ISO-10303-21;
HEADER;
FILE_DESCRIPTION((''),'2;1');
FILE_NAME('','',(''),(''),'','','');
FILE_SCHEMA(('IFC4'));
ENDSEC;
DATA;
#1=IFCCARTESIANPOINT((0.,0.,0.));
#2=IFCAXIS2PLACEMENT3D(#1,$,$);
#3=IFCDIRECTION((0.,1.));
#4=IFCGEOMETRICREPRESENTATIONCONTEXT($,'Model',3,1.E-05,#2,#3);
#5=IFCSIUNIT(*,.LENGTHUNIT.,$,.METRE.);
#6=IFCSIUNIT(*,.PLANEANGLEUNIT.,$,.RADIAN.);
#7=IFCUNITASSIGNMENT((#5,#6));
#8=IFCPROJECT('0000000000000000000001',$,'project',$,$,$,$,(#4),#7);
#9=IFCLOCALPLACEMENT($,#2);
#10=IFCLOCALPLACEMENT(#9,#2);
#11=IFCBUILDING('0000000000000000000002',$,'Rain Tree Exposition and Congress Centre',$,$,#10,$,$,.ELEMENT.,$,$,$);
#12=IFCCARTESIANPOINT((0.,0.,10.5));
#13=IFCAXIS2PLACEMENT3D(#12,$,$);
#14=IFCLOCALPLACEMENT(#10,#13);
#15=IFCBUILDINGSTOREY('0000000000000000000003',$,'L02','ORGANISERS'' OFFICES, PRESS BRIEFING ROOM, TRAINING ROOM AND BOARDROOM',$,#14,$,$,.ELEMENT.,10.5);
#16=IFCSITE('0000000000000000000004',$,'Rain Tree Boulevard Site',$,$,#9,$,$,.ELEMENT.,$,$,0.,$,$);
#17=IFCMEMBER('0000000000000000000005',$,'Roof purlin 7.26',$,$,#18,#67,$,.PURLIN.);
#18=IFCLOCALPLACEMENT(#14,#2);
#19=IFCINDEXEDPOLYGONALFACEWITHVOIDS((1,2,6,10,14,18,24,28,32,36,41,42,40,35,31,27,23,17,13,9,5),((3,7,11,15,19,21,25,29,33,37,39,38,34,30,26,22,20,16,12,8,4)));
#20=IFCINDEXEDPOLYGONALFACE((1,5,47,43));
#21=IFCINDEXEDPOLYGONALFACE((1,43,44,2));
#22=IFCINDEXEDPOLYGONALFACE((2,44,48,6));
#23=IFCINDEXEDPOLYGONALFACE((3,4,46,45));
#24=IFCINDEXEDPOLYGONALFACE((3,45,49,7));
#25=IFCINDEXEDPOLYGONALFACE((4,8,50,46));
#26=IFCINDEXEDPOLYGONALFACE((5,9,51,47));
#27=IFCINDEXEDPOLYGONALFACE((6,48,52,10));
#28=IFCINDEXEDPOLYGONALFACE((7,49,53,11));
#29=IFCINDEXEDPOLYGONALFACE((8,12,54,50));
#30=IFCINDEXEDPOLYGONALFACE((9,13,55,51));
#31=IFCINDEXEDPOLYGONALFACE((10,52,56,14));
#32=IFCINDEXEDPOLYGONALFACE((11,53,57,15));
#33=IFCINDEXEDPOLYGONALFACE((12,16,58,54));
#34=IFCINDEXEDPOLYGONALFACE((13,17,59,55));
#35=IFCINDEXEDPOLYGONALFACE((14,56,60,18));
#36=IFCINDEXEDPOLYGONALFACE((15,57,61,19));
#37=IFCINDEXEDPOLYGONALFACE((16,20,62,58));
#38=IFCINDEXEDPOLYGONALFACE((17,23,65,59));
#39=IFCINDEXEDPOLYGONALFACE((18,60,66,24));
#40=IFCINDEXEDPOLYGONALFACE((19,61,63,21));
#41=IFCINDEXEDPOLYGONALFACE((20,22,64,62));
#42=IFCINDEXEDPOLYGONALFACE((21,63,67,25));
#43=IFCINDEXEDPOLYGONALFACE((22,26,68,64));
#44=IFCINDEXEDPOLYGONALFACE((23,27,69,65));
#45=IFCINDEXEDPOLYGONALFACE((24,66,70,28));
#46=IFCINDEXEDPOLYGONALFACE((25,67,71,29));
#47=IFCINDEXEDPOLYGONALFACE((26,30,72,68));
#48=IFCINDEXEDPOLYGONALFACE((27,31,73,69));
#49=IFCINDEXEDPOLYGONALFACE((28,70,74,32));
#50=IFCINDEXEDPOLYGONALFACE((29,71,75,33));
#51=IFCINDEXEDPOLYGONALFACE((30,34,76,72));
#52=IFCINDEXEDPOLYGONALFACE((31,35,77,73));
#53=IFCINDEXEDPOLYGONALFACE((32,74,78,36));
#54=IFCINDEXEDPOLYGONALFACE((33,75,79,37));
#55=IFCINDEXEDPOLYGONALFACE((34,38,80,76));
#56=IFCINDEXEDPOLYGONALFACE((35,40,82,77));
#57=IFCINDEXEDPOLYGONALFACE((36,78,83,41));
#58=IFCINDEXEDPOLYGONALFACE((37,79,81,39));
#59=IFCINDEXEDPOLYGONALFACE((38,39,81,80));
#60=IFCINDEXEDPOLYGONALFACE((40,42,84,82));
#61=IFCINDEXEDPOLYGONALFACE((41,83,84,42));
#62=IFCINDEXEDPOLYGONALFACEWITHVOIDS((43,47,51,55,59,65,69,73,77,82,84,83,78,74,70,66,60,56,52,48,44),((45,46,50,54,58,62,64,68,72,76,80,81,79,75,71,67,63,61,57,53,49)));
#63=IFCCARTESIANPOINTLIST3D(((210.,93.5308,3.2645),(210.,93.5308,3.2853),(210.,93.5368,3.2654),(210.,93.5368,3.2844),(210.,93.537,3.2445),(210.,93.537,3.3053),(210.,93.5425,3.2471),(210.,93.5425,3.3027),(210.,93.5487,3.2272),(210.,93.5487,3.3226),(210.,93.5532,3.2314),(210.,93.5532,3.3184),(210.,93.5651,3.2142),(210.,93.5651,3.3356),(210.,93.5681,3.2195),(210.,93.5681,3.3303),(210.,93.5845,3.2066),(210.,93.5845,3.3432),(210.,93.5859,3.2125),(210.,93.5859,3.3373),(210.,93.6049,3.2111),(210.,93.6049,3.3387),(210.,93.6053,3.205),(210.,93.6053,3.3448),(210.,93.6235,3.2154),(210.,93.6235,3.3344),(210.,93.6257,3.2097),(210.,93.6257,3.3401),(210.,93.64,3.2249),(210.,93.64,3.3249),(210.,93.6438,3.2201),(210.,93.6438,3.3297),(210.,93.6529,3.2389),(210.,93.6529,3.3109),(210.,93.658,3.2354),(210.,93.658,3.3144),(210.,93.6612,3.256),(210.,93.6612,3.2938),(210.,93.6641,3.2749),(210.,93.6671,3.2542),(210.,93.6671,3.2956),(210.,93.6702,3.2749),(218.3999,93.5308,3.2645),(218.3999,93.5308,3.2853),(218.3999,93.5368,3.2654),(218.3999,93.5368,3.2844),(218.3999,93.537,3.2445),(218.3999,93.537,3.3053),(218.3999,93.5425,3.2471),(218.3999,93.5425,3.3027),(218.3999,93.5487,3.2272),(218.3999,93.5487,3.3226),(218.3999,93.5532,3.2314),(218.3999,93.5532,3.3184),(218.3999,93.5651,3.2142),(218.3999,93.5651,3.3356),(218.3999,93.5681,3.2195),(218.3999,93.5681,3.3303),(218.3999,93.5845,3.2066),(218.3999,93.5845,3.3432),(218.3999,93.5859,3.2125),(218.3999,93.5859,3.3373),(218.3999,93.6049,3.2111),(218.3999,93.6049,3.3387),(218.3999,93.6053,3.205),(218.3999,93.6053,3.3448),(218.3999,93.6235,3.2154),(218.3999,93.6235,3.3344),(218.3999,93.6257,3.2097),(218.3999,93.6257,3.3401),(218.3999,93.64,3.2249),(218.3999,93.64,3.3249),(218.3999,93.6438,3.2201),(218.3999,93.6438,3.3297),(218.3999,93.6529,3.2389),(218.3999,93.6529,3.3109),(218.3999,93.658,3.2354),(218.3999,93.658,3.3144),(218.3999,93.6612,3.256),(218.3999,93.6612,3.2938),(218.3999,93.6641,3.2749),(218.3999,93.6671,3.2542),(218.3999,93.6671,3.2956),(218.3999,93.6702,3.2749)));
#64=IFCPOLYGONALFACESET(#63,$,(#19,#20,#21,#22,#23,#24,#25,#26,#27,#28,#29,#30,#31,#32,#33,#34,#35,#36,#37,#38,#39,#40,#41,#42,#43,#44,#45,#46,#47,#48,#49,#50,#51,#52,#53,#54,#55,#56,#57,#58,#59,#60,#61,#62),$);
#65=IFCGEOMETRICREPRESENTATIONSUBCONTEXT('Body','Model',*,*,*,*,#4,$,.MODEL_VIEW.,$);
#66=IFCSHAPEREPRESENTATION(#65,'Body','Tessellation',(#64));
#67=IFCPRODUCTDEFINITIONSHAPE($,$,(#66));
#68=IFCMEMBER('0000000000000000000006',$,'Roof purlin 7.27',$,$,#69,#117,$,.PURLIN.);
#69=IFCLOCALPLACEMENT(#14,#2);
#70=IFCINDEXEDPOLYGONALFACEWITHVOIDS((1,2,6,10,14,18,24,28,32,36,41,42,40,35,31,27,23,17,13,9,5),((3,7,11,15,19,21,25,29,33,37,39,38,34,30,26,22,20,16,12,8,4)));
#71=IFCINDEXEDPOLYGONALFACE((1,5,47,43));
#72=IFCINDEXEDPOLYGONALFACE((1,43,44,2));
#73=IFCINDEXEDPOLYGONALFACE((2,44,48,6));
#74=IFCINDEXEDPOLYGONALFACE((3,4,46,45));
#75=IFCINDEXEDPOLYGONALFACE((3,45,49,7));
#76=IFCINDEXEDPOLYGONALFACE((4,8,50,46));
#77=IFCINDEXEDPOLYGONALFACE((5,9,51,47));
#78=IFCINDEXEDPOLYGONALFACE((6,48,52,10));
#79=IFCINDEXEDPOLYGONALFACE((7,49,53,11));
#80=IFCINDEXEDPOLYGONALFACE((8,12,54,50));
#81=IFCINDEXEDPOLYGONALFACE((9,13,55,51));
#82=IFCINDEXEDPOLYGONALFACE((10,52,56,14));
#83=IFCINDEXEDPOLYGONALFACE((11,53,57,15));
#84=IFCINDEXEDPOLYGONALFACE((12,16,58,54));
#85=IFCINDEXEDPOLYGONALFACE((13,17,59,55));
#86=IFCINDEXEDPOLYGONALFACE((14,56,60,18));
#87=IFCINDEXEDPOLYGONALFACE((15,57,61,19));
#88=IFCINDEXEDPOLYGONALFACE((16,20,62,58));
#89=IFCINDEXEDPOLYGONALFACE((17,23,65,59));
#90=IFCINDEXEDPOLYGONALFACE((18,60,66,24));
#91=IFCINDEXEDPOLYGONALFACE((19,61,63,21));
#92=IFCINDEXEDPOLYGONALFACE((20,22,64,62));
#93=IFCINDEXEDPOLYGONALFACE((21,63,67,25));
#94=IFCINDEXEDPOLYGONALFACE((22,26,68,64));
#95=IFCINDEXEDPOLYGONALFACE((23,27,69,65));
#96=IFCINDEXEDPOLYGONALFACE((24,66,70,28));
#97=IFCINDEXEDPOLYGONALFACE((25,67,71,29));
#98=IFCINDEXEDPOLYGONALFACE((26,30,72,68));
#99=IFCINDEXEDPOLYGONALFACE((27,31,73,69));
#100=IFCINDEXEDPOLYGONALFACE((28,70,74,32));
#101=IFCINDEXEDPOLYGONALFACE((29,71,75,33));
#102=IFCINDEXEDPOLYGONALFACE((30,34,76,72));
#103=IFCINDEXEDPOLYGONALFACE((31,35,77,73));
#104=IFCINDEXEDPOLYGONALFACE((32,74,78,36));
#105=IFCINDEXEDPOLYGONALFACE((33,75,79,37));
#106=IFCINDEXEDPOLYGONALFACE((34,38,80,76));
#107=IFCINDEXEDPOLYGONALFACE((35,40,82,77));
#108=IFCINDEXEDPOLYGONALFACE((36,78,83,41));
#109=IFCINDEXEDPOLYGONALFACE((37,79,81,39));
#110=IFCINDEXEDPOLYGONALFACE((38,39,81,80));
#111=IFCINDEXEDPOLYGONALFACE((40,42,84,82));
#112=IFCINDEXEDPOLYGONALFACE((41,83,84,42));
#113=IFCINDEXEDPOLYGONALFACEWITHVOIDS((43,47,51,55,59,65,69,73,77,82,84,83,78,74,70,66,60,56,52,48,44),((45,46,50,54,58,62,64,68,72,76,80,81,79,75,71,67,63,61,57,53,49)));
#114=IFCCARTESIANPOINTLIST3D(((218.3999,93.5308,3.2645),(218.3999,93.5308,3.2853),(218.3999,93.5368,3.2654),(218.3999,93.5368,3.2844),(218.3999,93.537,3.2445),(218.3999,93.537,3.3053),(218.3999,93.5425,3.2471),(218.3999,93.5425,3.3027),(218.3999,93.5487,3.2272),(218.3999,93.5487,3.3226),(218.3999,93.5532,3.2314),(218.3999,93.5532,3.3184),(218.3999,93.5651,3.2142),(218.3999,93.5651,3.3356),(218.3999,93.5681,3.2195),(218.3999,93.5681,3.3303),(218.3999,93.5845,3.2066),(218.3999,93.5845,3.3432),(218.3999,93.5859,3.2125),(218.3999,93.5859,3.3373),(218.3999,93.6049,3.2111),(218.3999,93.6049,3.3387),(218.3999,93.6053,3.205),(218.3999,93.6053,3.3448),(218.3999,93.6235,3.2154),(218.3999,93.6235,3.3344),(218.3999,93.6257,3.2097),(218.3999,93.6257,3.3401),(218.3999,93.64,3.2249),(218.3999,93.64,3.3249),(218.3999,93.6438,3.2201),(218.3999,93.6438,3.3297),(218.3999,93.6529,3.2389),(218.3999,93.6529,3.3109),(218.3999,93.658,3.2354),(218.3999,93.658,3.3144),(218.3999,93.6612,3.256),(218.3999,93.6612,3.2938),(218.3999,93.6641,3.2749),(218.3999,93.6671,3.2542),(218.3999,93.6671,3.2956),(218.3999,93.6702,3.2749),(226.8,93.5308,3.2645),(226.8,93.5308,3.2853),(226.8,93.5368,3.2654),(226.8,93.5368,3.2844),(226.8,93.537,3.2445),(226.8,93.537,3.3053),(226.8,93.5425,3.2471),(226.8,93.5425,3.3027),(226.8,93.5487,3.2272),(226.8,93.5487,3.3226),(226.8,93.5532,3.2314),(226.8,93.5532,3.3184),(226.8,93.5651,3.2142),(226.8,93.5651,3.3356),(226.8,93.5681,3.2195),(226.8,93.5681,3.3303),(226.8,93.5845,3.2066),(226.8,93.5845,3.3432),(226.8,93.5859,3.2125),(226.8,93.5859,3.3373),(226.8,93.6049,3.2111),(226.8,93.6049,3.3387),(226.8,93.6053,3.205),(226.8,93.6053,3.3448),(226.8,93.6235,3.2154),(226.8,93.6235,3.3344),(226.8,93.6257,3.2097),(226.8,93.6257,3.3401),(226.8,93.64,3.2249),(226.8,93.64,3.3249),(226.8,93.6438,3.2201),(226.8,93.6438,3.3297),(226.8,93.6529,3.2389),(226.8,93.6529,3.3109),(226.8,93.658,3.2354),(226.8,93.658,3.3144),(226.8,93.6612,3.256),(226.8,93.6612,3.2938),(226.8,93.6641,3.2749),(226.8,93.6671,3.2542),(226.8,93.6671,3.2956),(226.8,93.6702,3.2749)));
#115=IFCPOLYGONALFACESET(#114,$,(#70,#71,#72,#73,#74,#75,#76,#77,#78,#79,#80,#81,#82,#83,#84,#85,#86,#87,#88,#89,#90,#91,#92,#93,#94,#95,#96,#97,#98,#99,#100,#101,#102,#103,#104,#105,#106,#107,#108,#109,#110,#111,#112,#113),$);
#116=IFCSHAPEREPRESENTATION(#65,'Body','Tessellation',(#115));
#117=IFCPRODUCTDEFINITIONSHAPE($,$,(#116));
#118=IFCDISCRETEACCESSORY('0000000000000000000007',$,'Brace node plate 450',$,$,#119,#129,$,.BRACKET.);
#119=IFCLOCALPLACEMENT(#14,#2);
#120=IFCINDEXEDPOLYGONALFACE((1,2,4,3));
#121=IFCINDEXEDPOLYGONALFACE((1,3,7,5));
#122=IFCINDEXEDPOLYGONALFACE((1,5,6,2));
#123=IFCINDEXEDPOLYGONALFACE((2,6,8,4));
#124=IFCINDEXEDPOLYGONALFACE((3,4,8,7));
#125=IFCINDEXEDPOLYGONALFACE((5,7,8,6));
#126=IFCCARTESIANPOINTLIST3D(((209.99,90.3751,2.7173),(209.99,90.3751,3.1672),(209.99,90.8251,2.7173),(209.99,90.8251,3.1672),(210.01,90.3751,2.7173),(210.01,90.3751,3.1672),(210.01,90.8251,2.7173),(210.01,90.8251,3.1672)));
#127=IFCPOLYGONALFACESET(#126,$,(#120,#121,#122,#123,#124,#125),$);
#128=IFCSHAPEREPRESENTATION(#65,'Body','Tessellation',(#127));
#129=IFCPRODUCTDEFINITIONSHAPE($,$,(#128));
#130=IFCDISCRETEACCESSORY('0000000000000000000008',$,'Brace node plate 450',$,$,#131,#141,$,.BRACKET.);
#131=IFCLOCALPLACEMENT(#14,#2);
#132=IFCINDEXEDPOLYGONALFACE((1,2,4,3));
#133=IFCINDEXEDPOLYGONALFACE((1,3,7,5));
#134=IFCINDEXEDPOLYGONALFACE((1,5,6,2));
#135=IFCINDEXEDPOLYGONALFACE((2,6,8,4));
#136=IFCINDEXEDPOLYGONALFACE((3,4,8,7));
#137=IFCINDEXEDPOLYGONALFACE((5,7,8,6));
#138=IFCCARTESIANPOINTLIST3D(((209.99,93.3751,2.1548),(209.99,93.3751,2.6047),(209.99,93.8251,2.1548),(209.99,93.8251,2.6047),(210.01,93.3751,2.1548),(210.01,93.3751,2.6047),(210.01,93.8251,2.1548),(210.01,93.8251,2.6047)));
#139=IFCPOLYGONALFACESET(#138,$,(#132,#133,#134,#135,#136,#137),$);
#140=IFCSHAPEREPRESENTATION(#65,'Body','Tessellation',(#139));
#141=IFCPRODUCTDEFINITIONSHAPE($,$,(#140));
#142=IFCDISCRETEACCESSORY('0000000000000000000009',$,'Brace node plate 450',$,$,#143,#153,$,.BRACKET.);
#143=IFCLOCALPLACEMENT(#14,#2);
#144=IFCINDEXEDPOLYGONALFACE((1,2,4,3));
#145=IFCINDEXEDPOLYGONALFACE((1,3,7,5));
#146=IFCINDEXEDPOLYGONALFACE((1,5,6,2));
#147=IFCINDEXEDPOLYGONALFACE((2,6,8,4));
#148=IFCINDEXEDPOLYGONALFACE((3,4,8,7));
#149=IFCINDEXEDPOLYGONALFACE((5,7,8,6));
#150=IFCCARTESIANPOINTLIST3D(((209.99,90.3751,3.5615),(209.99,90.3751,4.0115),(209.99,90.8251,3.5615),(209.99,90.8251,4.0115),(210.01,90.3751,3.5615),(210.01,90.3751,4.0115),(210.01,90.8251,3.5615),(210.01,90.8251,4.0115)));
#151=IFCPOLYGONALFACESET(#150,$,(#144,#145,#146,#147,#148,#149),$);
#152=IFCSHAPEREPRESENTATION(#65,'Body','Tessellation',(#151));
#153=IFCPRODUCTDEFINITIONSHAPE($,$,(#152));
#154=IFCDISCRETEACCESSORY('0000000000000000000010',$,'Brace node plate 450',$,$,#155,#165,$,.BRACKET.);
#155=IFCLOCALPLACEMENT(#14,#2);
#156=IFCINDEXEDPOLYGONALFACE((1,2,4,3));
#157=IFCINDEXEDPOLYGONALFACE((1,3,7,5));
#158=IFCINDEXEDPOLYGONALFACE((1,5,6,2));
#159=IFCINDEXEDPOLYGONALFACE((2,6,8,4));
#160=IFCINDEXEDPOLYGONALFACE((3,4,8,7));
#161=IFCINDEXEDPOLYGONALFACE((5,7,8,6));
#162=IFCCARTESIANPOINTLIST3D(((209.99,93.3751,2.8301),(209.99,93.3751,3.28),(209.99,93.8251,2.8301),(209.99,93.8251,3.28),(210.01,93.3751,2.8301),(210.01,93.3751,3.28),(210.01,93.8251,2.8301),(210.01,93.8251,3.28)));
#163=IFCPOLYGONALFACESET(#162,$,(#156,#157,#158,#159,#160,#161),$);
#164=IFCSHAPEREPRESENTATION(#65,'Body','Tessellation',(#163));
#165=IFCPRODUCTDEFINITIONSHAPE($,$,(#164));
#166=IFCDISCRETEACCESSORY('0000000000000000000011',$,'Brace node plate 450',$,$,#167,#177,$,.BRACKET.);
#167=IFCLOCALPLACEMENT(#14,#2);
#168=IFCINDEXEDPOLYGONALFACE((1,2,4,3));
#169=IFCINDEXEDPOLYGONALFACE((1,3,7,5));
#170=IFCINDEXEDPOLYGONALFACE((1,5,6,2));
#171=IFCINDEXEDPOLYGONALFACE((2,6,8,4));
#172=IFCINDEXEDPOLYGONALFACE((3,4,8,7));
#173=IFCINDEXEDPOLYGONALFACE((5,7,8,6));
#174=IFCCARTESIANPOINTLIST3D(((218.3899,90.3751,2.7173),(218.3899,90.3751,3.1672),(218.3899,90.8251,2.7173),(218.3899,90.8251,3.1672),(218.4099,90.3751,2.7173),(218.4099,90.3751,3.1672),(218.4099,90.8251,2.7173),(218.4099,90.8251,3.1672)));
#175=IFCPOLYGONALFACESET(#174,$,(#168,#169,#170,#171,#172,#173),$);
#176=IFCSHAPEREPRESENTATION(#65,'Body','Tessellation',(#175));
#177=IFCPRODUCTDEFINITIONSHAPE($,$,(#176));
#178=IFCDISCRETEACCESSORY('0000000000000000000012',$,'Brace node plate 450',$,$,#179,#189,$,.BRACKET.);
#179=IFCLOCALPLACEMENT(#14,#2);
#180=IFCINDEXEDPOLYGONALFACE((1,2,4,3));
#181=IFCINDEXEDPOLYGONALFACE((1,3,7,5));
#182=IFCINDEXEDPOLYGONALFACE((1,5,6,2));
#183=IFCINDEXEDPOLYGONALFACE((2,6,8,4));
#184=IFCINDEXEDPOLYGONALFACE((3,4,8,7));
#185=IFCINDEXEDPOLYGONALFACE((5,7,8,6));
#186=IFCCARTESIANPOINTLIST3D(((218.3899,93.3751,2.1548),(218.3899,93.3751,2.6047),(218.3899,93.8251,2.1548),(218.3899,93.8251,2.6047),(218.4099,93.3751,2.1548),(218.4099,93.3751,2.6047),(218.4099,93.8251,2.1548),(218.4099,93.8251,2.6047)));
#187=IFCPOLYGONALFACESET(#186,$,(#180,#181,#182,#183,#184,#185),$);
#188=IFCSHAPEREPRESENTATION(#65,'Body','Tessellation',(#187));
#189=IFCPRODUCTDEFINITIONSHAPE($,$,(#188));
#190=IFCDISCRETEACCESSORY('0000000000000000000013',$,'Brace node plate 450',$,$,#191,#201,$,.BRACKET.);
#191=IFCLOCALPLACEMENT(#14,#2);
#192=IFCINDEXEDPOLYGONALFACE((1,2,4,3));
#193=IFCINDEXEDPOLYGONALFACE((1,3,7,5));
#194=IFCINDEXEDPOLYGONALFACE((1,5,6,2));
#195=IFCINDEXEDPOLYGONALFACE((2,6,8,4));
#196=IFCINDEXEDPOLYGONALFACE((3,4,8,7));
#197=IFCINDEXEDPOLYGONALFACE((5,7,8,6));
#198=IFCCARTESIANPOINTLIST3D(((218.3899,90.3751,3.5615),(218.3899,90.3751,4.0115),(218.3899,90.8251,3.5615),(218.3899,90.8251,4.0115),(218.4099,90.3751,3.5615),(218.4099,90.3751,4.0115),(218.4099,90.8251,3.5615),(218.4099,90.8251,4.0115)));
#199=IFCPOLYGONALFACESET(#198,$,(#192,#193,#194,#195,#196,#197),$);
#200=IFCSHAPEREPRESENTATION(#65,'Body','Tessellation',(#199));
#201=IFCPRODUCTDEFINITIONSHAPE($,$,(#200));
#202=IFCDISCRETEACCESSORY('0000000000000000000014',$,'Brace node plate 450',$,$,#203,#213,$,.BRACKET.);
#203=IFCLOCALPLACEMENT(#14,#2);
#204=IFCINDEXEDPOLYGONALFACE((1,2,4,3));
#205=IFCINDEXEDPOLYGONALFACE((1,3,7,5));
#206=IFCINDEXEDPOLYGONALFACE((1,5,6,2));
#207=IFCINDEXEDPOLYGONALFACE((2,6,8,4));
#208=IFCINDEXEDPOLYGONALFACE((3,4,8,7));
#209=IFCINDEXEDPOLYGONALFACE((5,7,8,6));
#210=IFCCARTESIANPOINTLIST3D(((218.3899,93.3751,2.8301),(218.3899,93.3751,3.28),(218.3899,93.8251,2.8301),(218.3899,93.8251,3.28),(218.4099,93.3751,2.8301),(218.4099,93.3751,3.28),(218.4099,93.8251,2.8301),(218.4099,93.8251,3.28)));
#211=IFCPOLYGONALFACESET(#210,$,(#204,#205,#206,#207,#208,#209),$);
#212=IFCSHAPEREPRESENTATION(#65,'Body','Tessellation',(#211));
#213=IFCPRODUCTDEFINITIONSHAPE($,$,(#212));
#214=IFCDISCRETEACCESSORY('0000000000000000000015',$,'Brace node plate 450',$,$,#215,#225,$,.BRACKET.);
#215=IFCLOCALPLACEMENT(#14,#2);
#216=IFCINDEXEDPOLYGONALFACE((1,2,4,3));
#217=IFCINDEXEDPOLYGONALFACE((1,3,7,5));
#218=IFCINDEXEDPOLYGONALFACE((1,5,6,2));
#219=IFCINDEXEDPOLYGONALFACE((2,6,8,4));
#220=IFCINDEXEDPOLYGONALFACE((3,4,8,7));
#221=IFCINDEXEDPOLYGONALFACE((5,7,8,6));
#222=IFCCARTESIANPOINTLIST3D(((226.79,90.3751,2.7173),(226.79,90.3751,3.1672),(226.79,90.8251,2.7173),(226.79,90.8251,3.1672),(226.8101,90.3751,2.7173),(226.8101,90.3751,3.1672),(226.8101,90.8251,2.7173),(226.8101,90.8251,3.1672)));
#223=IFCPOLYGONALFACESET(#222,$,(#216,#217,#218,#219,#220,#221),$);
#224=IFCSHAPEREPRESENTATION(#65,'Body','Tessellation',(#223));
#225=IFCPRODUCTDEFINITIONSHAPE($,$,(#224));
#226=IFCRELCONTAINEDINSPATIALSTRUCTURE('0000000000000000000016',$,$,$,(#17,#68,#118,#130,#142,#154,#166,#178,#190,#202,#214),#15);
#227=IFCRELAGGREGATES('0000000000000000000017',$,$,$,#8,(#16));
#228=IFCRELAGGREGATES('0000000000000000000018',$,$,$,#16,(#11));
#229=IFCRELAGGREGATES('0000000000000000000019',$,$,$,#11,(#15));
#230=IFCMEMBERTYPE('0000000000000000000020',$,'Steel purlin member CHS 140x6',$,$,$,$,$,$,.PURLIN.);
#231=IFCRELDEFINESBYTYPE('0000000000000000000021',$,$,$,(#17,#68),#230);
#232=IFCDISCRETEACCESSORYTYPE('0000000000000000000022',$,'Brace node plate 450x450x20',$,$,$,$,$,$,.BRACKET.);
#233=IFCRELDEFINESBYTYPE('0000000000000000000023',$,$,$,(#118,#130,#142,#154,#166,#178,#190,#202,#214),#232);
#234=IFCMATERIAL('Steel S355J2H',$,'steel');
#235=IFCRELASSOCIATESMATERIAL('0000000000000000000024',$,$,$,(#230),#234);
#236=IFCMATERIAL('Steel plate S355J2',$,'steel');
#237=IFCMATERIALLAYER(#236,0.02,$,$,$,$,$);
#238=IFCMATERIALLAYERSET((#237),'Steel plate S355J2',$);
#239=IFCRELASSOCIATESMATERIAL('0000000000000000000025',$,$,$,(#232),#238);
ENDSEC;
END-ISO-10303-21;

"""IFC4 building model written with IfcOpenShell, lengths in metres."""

from ifc_helpers import new_model, si_unit, direction, frame, origin, origin_2d, place, context, subcontext, project, spatial, rectangle, hollow_circle, extrude, material, layer, layer_set, material_profile, profile_set, type_object, element, save


model = new_model("IFC4")

# Units and contexts
model_context = context("Model", 3, precision=1e-05, world=origin(), true_north=direction((0.0, 1.0)))
body_context = subcontext(model_context, "Body", "Model", "MODEL_VIEW")
ifc_project = project(units=[si_unit("LENGTHUNIT", "METRE"), si_unit("PLANEANGLEUNIT", "RADIAN")], contexts=[model_context])

# Site, building, storey
site_placement = place(None, origin())
site = spatial("IfcSite", under=ifc_project, at=site_placement, Name="Rain Tree Boulevard Site", CompositionType="ELEMENT", RefElevation=0.0)
building_placement = place(site_placement, origin())
building = spatial("IfcBuilding", under=site, at=building_placement, Name="Rain Tree Exposition and Congress Centre", CompositionType="ELEMENT")
storey_placement = place(building_placement, frame((0.0, 0.0, 10.5)))
storey = spatial("IfcBuildingStorey", under=building, at=storey_placement, Name="L02", Description="ORGANISERS' OFFICES, PRESS BRIEFING ROOM, TRAINING ROOM AND BOARDROOM", CompositionType="ELEMENT", Elevation=10.5)

# Members
ifc_material_1 = material(Name="Steel S355J2H", Category="steel")
ifc_material_profile_1 = material_profile(ifc_material_1, hollow_circle(Radius=0.0701, WallThickness=0.0061, at=origin_2d()), Name="CHS 140x6")
ifc_profile_set_1 = profile_set([ifc_material_profile_1], Name="Steel S355J2H")
member_type_1 = type_object("IfcMemberType", Name="Steel purlin member CHS 140x6", PredefinedType="PURLIN", material=ifc_profile_set_1)
for number, where, z_axis, x_axis, name in (
    (1, (210.0, 93.6001, 3.2749), (1.0, 0.0, 0.0), (0.0, 1.0, 0.0), "Roof purlin 7.26"),
):
    element("IfcMember", number, at=place(storey_placement, frame(where, z_axis=z_axis, x_axis=x_axis)), inside=storey, type_object=member_type_1, Name=name, PredefinedType="PURLIN", context=body_context, shape_type="SweptSolid", body=[
        extrude(hollow_circle(Radius=0.0701, WallThickness=0.0061, at=origin_2d()), origin(), (0.0, 0.0, 1.0), 8.3999),
    ])
member_1_placement = place(storey_placement, frame((218.3999, 93.6001, 3.2749), z_axis=(1.0, 0.0, 0.0), x_axis=(0.0, 1.0, 0.0)))
element("IfcMember", 2, at=member_1_placement, inside=storey, type_object=member_type_1, Name="Roof purlin 7.27", PredefinedType="PURLIN", context=body_context, shape_type="SweptSolid", body=[
    extrude(hollow_circle(Radius=0.0701, WallThickness=0.0061, at=origin_2d()), origin(), (0.0, 0.0, 1.0), 8.4001),
])

# Discrete accessories
ifc_material_2 = material(Name="Steel plate S355J2", Category="steel")
ifc_layer = layer(ifc_material_2, 0.02)
ifc_layer_set = layer_set([ifc_layer], Name="Steel plate S355J2")
discrete_accessory_type = type_object("IfcDiscreteAccessoryType", Name="Brace node plate 450x450x20", PredefinedType="BRACKET", material=ifc_layer_set)
for number, where, z_axis, x_axis, name in (
    (3, (210.0, 90.6001, 2.7173), (0.0, 0.0, 1.0), (0.0, -1.0, 0.0), "Brace node plate 450"),
    (4, (210.0, 93.6001, 2.1548), (0.0, 0.0, 1.0), (0.0, -1.0, 0.0), "Brace node plate 450"),
    (5, (210.0, 90.6001, 3.5615), (0.0, 0.0, 1.0), (0.0, 1.0, 0.0), "Brace node plate 450"),
    (6, (210.0, 93.6001, 2.8301), (0.0, 0.0, 1.0), (0.0, 1.0, 0.0), "Brace node plate 450"),
    (7, (218.3999, 90.6001, 2.7173), (0.0, 0.0, 1.0), (0.0, -1.0, 0.0), "Brace node plate 450"),
    (8, (218.3999, 93.6001, 2.1548), (0.0, 0.0, 1.0), (0.0, -1.0, 0.0), "Brace node plate 450"),
    (9, (218.3999, 90.6001, 3.5615), (0.0, 0.0, 1.0), (0.0, 1.0, 0.0), "Brace node plate 450"),
    (10, (218.3999, 93.6001, 2.8301), (0.0, 0.0, 1.0), (0.0, 1.0, 0.0), "Brace node plate 450"),
    (11, (226.8, 90.6001, 2.7173), (0.0, 0.0, 1.0), (0.0, -1.0, 0.0), "Brace node plate 450"),
):
    element("IfcDiscreteAccessory", number, at=place(storey_placement, frame(where, z_axis=z_axis, x_axis=x_axis)), inside=storey, type_object=discrete_accessory_type, Name=name, PredefinedType="BRACKET", context=body_context, shape_type="SweptSolid", body=[
        extrude(rectangle(XDim=0.45, YDim=0.02, at=origin_2d()), origin(), (0.0, 0.0, 1.0), 0.45),
    ])

save(model, "model.ifc")
